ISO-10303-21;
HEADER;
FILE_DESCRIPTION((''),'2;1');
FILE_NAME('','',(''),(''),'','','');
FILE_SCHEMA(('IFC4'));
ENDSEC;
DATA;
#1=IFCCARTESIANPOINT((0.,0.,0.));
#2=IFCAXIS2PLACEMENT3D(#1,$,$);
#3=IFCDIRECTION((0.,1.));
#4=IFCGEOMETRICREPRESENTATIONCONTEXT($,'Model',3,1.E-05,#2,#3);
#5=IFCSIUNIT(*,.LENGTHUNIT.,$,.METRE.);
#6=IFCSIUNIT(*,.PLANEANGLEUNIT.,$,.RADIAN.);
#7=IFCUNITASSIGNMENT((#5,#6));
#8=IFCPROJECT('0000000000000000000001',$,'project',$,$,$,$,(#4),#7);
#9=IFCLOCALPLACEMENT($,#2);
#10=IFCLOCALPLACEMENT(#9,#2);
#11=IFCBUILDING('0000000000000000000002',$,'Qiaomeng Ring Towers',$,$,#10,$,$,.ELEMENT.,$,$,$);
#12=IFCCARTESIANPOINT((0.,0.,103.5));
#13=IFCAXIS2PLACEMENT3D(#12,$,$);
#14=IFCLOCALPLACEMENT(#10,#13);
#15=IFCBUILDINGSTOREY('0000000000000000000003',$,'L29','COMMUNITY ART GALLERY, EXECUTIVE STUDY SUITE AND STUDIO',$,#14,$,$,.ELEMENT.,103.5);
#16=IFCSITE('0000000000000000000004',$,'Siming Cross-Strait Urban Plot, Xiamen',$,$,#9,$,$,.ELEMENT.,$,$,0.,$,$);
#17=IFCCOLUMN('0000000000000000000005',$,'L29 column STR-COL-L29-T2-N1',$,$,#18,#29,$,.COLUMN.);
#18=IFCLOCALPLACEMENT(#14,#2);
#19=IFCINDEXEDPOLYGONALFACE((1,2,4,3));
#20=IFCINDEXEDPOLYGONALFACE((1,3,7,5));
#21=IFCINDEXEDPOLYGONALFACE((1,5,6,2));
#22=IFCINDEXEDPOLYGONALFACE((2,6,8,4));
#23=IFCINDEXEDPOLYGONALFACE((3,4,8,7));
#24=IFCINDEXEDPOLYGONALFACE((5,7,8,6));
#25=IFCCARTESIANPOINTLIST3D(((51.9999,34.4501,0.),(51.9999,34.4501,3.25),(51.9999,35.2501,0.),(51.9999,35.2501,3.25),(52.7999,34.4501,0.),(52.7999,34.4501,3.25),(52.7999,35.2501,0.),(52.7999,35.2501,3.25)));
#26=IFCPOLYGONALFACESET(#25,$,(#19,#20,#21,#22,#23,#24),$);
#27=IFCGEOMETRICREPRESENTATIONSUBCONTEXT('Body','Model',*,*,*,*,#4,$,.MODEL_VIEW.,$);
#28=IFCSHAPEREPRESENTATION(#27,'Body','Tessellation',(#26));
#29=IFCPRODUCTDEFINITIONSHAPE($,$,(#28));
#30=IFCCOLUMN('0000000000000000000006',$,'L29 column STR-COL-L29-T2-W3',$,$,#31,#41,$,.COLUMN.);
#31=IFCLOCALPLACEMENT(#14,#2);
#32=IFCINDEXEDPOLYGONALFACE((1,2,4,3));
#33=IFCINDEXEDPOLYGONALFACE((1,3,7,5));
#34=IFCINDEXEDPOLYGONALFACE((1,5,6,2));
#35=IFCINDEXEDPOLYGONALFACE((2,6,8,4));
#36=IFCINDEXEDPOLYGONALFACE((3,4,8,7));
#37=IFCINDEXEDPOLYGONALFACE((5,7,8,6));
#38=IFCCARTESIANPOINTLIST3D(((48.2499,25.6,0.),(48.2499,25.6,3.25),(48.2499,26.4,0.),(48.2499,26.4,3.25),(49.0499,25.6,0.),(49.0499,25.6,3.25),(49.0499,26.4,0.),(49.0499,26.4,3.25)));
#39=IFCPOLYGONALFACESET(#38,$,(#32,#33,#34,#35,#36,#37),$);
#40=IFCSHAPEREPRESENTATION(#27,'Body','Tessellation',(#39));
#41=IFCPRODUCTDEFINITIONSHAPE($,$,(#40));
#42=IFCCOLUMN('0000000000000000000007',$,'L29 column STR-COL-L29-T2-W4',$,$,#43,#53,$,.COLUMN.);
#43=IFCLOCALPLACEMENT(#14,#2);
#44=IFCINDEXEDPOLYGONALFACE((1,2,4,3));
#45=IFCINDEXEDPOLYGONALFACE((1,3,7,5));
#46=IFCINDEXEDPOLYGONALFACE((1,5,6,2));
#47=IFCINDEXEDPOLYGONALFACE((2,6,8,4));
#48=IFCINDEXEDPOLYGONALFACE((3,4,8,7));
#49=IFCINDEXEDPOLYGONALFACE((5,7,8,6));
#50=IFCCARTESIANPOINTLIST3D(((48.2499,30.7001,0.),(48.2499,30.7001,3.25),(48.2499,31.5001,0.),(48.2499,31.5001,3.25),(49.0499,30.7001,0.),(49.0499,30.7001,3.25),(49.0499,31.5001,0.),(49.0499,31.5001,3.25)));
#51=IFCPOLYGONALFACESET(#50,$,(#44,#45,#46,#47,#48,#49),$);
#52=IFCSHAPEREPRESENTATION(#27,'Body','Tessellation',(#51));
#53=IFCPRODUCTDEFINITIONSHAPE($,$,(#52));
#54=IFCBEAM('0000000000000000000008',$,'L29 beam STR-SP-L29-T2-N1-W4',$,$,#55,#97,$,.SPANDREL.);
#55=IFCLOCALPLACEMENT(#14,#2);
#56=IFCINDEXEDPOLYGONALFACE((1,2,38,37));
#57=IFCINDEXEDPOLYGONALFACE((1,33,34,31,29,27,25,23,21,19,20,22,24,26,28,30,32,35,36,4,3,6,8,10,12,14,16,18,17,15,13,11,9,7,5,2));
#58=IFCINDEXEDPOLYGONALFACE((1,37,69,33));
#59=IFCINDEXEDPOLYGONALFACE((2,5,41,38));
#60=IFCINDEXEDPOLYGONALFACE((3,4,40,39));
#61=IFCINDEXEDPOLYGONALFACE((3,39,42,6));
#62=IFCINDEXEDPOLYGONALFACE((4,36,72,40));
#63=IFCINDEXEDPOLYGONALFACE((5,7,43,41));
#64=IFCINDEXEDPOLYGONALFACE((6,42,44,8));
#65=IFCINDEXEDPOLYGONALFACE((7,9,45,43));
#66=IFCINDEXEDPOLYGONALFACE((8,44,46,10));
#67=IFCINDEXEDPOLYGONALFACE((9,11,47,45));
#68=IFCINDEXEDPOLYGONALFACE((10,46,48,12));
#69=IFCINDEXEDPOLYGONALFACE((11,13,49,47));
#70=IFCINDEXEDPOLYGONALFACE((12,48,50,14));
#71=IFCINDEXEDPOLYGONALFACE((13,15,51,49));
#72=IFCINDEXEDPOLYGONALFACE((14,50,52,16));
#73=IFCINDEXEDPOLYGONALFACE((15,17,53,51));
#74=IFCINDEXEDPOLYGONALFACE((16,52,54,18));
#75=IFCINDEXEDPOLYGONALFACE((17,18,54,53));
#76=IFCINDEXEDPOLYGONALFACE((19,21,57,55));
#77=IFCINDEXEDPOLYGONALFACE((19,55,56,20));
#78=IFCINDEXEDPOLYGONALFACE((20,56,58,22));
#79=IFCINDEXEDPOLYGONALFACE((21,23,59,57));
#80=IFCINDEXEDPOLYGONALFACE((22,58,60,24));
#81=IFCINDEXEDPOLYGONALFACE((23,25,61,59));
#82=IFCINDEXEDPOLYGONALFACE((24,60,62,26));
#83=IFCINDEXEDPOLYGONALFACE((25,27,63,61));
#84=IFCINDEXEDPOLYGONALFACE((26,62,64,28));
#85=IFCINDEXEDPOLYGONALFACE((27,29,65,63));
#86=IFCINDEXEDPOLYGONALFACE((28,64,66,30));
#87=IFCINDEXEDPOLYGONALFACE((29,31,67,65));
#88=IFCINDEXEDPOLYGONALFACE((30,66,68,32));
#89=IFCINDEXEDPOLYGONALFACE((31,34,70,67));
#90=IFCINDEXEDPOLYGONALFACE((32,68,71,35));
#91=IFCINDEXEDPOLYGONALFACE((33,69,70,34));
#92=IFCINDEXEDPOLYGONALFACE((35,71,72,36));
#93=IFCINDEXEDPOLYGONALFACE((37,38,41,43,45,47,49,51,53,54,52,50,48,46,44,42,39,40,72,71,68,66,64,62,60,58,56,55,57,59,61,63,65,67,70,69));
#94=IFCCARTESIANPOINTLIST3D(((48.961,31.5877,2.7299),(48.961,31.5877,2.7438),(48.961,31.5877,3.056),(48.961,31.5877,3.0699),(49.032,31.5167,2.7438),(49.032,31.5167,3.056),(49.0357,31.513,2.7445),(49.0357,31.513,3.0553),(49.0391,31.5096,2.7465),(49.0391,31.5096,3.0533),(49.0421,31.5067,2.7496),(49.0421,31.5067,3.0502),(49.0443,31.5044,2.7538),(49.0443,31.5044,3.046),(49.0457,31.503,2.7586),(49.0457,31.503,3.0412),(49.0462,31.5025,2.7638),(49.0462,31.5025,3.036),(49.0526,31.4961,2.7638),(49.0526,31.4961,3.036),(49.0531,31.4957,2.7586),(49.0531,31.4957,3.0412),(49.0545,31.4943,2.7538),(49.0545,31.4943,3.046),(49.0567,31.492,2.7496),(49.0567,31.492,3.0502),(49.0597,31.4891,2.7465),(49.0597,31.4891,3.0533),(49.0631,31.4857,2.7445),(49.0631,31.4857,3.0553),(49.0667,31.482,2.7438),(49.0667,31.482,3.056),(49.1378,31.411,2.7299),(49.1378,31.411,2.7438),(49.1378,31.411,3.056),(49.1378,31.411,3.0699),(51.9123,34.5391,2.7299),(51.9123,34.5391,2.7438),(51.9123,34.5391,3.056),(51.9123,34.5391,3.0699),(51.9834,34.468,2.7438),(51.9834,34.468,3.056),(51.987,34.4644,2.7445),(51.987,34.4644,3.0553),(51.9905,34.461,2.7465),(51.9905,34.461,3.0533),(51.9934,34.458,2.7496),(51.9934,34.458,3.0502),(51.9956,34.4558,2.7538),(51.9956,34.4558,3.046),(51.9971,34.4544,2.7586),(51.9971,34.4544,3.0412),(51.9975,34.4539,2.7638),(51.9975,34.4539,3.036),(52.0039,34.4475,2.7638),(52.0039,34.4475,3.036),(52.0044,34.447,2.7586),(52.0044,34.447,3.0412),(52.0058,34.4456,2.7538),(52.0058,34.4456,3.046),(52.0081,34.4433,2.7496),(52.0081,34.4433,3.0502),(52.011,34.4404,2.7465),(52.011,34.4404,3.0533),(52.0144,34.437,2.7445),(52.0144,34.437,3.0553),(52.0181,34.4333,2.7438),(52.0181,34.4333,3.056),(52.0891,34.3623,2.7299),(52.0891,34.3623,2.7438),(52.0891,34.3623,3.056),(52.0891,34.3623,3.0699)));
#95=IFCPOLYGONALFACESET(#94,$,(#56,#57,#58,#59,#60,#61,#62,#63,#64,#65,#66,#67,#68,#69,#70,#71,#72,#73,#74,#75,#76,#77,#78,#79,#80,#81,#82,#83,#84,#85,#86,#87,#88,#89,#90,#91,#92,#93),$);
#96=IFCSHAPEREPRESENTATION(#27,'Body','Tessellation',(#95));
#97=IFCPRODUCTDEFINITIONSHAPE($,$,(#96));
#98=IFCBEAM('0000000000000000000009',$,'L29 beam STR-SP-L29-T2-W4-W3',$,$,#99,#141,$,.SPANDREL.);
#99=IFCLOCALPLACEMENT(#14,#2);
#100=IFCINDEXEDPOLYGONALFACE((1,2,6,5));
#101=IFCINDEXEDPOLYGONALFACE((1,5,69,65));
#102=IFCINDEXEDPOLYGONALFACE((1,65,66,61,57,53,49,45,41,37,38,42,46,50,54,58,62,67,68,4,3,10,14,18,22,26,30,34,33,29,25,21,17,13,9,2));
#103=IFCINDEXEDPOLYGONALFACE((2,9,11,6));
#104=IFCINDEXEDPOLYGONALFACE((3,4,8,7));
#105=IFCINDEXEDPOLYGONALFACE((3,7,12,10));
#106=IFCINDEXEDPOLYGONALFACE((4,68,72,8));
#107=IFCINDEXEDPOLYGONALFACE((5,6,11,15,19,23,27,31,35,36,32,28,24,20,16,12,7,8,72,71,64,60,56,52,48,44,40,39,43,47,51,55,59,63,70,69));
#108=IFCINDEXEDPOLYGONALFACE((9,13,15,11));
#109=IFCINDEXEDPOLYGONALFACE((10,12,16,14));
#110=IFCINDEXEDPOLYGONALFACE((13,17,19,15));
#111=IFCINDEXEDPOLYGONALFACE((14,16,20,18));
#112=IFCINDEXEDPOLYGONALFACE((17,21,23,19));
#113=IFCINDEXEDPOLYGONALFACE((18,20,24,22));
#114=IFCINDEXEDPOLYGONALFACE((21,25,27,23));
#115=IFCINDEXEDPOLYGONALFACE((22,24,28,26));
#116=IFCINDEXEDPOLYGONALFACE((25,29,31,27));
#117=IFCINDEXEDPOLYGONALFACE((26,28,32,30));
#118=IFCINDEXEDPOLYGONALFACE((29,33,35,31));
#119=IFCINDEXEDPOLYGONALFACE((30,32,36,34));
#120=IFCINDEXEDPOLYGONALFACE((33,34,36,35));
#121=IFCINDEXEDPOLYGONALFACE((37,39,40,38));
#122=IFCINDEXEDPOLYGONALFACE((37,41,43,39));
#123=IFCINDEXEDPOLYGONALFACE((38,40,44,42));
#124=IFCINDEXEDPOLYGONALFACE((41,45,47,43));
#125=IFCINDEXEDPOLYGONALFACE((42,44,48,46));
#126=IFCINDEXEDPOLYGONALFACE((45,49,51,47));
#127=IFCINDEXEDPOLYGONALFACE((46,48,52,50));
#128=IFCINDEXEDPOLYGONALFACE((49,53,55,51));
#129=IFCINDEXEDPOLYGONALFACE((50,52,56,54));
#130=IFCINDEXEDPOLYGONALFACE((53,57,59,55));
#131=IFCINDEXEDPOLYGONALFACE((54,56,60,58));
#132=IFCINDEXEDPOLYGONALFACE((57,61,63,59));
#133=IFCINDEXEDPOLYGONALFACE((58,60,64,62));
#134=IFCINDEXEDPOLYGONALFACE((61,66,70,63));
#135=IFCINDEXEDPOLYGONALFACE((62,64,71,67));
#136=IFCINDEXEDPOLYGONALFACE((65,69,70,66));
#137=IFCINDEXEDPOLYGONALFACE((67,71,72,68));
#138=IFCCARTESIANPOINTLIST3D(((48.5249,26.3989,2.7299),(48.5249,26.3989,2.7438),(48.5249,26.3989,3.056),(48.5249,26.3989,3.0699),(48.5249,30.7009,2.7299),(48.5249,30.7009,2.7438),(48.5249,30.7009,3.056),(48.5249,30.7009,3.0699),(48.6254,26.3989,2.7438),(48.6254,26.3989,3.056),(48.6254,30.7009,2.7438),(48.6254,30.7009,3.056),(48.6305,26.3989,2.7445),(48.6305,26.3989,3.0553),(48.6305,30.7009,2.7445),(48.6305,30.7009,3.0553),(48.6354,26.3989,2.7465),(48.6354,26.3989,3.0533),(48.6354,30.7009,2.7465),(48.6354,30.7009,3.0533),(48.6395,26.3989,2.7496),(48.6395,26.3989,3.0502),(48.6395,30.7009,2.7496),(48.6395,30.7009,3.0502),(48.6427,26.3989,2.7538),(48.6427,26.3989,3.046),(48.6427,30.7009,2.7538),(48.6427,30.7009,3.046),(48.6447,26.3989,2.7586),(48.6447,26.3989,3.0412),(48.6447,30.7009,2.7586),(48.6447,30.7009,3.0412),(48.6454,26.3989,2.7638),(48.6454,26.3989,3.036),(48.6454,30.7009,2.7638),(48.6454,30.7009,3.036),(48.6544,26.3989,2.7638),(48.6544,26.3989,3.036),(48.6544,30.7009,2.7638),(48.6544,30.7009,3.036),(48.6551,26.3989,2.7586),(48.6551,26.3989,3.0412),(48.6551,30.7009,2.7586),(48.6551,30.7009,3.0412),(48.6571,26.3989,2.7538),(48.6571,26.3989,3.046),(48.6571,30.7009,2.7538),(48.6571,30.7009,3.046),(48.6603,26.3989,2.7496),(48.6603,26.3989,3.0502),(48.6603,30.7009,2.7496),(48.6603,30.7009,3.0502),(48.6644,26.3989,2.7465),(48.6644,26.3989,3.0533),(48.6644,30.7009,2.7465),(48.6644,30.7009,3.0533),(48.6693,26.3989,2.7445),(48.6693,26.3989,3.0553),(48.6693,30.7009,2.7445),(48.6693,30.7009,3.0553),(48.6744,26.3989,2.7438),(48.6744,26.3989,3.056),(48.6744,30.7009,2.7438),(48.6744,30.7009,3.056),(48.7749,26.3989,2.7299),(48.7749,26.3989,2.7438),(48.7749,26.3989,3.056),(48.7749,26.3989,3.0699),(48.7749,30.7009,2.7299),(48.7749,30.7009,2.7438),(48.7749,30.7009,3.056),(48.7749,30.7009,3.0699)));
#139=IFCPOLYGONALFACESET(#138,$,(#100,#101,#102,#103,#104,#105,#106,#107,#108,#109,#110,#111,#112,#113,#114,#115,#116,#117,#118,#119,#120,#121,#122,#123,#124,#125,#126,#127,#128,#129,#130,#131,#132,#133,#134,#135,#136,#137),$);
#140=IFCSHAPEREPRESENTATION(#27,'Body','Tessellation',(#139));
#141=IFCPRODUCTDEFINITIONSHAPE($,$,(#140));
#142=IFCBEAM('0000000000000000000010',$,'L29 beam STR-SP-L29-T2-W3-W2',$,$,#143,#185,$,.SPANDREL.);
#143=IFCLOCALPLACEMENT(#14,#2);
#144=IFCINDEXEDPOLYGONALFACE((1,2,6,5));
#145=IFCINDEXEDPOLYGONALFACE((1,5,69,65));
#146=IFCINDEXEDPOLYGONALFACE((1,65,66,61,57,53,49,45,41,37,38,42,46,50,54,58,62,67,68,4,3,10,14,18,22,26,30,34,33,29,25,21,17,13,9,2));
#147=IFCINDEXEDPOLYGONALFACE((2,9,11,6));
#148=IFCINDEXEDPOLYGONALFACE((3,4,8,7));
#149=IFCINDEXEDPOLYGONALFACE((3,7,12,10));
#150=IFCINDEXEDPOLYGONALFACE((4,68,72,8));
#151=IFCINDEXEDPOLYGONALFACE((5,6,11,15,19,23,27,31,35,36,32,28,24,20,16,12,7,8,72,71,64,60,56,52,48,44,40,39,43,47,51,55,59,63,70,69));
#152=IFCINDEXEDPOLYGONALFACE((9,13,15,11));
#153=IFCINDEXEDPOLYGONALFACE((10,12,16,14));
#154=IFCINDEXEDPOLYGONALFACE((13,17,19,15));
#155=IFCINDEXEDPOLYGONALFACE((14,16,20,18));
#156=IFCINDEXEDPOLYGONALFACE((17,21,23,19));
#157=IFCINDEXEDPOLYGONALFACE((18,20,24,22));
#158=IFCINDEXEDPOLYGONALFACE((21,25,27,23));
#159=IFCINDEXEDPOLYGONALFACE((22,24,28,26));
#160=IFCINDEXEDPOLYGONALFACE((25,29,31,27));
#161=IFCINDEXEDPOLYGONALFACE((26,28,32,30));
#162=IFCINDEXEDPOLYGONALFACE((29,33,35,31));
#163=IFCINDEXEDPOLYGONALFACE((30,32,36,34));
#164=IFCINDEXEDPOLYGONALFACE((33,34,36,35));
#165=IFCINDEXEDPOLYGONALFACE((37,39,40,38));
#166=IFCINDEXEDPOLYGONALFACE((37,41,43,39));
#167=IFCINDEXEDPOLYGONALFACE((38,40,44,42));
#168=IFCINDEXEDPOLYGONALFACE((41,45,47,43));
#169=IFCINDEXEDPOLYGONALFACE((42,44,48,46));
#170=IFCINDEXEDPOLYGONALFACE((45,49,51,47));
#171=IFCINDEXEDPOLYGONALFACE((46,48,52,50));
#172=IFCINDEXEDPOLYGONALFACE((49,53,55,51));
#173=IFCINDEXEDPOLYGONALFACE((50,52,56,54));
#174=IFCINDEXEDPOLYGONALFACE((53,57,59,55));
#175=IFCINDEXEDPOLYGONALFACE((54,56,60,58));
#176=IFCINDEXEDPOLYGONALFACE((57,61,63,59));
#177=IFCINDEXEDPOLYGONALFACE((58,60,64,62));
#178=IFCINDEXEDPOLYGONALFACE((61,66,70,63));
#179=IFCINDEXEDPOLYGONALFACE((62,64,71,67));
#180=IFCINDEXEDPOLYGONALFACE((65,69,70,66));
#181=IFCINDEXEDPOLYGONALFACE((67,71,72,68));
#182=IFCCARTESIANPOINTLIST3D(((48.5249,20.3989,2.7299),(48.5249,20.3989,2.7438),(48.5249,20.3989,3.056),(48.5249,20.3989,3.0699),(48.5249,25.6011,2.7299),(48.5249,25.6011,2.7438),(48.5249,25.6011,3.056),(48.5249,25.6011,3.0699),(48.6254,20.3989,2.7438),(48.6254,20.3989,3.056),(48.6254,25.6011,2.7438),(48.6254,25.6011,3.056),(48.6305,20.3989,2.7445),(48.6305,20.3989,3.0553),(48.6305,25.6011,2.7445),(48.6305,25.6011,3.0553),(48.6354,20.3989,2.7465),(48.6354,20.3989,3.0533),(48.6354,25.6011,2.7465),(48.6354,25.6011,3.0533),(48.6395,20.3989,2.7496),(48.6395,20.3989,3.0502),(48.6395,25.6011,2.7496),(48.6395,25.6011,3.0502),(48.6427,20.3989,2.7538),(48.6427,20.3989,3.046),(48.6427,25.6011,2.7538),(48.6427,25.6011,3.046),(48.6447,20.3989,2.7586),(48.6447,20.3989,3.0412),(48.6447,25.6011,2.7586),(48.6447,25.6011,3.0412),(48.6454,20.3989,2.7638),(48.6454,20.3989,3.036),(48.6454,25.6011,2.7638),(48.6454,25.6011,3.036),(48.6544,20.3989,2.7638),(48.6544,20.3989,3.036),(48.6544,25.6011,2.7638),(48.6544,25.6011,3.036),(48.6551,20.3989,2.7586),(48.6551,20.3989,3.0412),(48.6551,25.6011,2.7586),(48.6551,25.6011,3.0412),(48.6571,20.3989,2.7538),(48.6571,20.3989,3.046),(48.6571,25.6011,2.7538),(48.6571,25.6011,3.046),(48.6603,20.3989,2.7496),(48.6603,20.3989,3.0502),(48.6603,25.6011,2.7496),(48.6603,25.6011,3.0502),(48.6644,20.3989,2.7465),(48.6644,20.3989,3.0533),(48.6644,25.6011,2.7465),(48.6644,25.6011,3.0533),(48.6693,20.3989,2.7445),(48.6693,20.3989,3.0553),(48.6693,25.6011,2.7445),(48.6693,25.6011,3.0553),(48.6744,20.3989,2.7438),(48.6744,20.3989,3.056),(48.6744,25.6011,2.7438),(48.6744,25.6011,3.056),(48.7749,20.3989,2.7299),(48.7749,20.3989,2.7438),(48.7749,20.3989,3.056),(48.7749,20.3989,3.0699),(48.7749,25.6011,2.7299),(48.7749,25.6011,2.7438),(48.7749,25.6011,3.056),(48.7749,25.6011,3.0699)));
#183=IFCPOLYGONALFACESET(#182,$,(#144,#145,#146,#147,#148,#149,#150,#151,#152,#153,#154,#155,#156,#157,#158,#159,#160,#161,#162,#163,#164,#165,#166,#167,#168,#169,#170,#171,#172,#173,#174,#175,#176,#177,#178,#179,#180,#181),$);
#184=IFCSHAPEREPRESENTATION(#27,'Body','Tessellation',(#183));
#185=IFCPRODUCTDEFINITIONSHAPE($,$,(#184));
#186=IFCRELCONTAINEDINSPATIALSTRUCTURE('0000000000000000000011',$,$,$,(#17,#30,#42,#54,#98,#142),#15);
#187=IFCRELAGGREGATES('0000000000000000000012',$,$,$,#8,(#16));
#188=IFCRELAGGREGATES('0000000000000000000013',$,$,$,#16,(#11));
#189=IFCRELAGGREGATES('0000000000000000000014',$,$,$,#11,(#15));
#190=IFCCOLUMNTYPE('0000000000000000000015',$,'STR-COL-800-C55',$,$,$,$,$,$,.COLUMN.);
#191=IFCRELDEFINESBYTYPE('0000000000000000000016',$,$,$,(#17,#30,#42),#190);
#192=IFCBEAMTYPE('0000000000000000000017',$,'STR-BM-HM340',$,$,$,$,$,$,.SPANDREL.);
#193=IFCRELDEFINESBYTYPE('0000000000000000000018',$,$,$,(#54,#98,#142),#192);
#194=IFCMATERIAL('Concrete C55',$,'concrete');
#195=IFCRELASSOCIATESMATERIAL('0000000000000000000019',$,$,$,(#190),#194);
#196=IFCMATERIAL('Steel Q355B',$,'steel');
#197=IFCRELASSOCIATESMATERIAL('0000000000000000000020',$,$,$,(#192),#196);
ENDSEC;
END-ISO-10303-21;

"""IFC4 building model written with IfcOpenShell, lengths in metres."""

from ifc_helpers import new_model, si_unit, direction, frame, origin, origin_2d, place, context, subcontext, project, spatial, rectangle, i_section, extrude, source, transform, mapped, material, material_profile, profile_set, type_object, element, save


model = new_model("IFC4")

# Units and contexts
model_context = context("Model", 3, precision=1e-05, world=origin(), true_north=direction((0.0, 1.0)))
body_context = subcontext(model_context, "Body", "Model", "MODEL_VIEW")
ifc_project = project(units=[si_unit("LENGTHUNIT", "METRE"), si_unit("PLANEANGLEUNIT", "RADIAN")], contexts=[model_context])

# Site, building, storey
site_placement = place(None, origin())
site = spatial("IfcSite", under=ifc_project, at=site_placement, Name="Siming Cross-Strait Urban Plot, Xiamen", CompositionType="ELEMENT", RefElevation=0.0)
building_placement = place(site_placement, origin())
building = spatial("IfcBuilding", under=site, at=building_placement, Name="Qiaomeng Ring Towers", CompositionType="ELEMENT")
storey_placement = place(building_placement, frame((0.0, 0.0, 103.5)))
storey = spatial("IfcBuildingStorey", under=building, at=storey_placement, Name="L29", Description="COMMUNITY ART GALLERY, EXECUTIVE STUDY SUITE AND STUDIO", CompositionType="ELEMENT", Elevation=103.5)

# Columns
ifc_material_1 = material(Name="Concrete C55", Category="concrete")
ifc_material_profile_1 = material_profile(ifc_material_1, rectangle(XDim=0.8, YDim=0.8, at=origin_2d()), Name="RC COL 800x800")
ifc_profile_set_1 = profile_set([ifc_material_profile_1], Name="Concrete C55")
column_type = type_object("IfcColumnType", Name="STR-COL-800-C55", PredefinedType="COLUMN", material=ifc_profile_set_1)
shared_shape_1 = source(origin(), body_context, "Body", "SweptSolid", [
    extrude(rectangle(XDim=0.8, YDim=0.8, at=origin_2d()), origin(), (0.0, 0.0, 1.0), 3.25),
])
for number, where, z_axis, x_axis, name in (
    (1, (52.3999, 34.8501, 0.0), (0.0, 0.0, 1.0), (1.0, 0.0, 0.0), "L29 column STR-COL-L29-T2-N1"),
    (2, (48.6499, 26.0, 0.0), (0.0, 0.0, 1.0), (1.0, 0.0, 0.0), "L29 column STR-COL-L29-T2-W3"),
    (3, (48.6499, 31.1001, 0.0), (0.0, 0.0, 1.0), (1.0, 0.0, 0.0), "L29 column STR-COL-L29-T2-W4"),
):
    element("IfcColumn", number, at=place(storey_placement, frame(where, z_axis=z_axis, x_axis=x_axis)), inside=storey, type_object=column_type, Name=name, PredefinedType="COLUMN", context=body_context, shape_type="MappedRepresentation", body=[
        mapped(shared_shape_1, transform((0.0, 0.0, 0.0), x_axis=(1.0, 0.0, 0.0), y_axis=(0.0, 1.0, 0.0), z_axis=(0.0, 0.0, 1.0), scale=1.0)),
    ])

# Beams
ifc_material_2 = material(Name="Steel Q355B", Category="steel")
ifc_material_profile_2 = material_profile(ifc_material_2, i_section(OverallWidth=0.25, OverallDepth=0.3401, WebThickness=0.009, FlangeThickness=0.0139, FilletRadius=0.02, at=origin_2d()), Name="HM 340x250x9x14")
ifc_profile_set_2 = profile_set([ifc_material_profile_2], Name="Steel Q355B")
beam_type_1 = type_object("IfcBeamType", Name="STR-BM-HM340", PredefinedType="SPANDREL", material=ifc_profile_set_2)
shared_shape_2 = source(origin(), body_context, "Body", "SweptSolid", [
    extrude(i_section(OverallWidth=0.25, OverallDepth=0.3401, WebThickness=0.009, FlangeThickness=0.0139, FilletRadius=0.02, at=origin_2d()), origin(), (0.0, 0.0, 1.0), 4.1738),
])
beam_1_placement = place(storey_placement, frame((52.0007, 34.4507, 2.8999), z_axis=(-0.707107, -0.707107, 0.0), x_axis=(0.707107, -0.707107, 0.0)))
element("IfcBeam", 4, at=beam_1_placement, inside=storey, type_object=beam_type_1, Name="L29 beam STR-SP-L29-T2-N1-W4", PredefinedType="SPANDREL", context=body_context, shape_type="MappedRepresentation", body=[
    mapped(shared_shape_2, transform((0.0, 0.0, 0.0), x_axis=(1.0, 0.0, 0.0), y_axis=(0.0, 1.0, 0.0), z_axis=(0.0, 0.0, 1.0), scale=1.0)),
])
shared_shape_3 = source(origin(), body_context, "Body", "SweptSolid", [
    extrude(i_section(OverallWidth=0.25, OverallDepth=0.3401, WebThickness=0.009, FlangeThickness=0.0139, FilletRadius=0.02, at=origin_2d()), origin(), (0.0, 0.0, 1.0), 4.302),
])
beam_2_placement = place(storey_placement, frame((48.6499, 30.7009, 2.8999), z_axis=(0.0, -1.0, 0.0), x_axis=(1.0, 0.0, 0.0)))
element("IfcBeam", 5, at=beam_2_placement, inside=storey, type_object=beam_type_1, Name="L29 beam STR-SP-L29-T2-W4-W3", PredefinedType="SPANDREL", context=body_context, shape_type="MappedRepresentation", body=[
    mapped(shared_shape_3, transform((0.0, 0.0, 0.0), x_axis=(1.0, 0.0, 0.0), y_axis=(0.0, 1.0, 0.0), z_axis=(0.0, 0.0, 1.0), scale=1.0)),
])
shared_shape_4 = source(origin(), body_context, "Body", "SweptSolid", [
    extrude(i_section(OverallWidth=0.25, OverallDepth=0.3401, WebThickness=0.009, FlangeThickness=0.0139, FilletRadius=0.02, at=origin_2d()), origin(), (0.0, 0.0, 1.0), 5.2021),
])
beam_3_placement = place(storey_placement, frame((48.6499, 25.6011, 2.8999), z_axis=(0.0, -1.0, 0.0), x_axis=(1.0, 0.0, 0.0)))
element("IfcBeam", 6, at=beam_3_placement, inside=storey, type_object=beam_type_1, Name="L29 beam STR-SP-L29-T2-W3-W2", PredefinedType="SPANDREL", context=body_context, shape_type="MappedRepresentation", body=[
    mapped(shared_shape_4, transform((0.0, 0.0, 0.0), x_axis=(1.0, 0.0, 0.0), y_axis=(0.0, 1.0, 0.0), z_axis=(0.0, 0.0, 1.0), scale=1.0)),
])

save(model, "model.ifc")
